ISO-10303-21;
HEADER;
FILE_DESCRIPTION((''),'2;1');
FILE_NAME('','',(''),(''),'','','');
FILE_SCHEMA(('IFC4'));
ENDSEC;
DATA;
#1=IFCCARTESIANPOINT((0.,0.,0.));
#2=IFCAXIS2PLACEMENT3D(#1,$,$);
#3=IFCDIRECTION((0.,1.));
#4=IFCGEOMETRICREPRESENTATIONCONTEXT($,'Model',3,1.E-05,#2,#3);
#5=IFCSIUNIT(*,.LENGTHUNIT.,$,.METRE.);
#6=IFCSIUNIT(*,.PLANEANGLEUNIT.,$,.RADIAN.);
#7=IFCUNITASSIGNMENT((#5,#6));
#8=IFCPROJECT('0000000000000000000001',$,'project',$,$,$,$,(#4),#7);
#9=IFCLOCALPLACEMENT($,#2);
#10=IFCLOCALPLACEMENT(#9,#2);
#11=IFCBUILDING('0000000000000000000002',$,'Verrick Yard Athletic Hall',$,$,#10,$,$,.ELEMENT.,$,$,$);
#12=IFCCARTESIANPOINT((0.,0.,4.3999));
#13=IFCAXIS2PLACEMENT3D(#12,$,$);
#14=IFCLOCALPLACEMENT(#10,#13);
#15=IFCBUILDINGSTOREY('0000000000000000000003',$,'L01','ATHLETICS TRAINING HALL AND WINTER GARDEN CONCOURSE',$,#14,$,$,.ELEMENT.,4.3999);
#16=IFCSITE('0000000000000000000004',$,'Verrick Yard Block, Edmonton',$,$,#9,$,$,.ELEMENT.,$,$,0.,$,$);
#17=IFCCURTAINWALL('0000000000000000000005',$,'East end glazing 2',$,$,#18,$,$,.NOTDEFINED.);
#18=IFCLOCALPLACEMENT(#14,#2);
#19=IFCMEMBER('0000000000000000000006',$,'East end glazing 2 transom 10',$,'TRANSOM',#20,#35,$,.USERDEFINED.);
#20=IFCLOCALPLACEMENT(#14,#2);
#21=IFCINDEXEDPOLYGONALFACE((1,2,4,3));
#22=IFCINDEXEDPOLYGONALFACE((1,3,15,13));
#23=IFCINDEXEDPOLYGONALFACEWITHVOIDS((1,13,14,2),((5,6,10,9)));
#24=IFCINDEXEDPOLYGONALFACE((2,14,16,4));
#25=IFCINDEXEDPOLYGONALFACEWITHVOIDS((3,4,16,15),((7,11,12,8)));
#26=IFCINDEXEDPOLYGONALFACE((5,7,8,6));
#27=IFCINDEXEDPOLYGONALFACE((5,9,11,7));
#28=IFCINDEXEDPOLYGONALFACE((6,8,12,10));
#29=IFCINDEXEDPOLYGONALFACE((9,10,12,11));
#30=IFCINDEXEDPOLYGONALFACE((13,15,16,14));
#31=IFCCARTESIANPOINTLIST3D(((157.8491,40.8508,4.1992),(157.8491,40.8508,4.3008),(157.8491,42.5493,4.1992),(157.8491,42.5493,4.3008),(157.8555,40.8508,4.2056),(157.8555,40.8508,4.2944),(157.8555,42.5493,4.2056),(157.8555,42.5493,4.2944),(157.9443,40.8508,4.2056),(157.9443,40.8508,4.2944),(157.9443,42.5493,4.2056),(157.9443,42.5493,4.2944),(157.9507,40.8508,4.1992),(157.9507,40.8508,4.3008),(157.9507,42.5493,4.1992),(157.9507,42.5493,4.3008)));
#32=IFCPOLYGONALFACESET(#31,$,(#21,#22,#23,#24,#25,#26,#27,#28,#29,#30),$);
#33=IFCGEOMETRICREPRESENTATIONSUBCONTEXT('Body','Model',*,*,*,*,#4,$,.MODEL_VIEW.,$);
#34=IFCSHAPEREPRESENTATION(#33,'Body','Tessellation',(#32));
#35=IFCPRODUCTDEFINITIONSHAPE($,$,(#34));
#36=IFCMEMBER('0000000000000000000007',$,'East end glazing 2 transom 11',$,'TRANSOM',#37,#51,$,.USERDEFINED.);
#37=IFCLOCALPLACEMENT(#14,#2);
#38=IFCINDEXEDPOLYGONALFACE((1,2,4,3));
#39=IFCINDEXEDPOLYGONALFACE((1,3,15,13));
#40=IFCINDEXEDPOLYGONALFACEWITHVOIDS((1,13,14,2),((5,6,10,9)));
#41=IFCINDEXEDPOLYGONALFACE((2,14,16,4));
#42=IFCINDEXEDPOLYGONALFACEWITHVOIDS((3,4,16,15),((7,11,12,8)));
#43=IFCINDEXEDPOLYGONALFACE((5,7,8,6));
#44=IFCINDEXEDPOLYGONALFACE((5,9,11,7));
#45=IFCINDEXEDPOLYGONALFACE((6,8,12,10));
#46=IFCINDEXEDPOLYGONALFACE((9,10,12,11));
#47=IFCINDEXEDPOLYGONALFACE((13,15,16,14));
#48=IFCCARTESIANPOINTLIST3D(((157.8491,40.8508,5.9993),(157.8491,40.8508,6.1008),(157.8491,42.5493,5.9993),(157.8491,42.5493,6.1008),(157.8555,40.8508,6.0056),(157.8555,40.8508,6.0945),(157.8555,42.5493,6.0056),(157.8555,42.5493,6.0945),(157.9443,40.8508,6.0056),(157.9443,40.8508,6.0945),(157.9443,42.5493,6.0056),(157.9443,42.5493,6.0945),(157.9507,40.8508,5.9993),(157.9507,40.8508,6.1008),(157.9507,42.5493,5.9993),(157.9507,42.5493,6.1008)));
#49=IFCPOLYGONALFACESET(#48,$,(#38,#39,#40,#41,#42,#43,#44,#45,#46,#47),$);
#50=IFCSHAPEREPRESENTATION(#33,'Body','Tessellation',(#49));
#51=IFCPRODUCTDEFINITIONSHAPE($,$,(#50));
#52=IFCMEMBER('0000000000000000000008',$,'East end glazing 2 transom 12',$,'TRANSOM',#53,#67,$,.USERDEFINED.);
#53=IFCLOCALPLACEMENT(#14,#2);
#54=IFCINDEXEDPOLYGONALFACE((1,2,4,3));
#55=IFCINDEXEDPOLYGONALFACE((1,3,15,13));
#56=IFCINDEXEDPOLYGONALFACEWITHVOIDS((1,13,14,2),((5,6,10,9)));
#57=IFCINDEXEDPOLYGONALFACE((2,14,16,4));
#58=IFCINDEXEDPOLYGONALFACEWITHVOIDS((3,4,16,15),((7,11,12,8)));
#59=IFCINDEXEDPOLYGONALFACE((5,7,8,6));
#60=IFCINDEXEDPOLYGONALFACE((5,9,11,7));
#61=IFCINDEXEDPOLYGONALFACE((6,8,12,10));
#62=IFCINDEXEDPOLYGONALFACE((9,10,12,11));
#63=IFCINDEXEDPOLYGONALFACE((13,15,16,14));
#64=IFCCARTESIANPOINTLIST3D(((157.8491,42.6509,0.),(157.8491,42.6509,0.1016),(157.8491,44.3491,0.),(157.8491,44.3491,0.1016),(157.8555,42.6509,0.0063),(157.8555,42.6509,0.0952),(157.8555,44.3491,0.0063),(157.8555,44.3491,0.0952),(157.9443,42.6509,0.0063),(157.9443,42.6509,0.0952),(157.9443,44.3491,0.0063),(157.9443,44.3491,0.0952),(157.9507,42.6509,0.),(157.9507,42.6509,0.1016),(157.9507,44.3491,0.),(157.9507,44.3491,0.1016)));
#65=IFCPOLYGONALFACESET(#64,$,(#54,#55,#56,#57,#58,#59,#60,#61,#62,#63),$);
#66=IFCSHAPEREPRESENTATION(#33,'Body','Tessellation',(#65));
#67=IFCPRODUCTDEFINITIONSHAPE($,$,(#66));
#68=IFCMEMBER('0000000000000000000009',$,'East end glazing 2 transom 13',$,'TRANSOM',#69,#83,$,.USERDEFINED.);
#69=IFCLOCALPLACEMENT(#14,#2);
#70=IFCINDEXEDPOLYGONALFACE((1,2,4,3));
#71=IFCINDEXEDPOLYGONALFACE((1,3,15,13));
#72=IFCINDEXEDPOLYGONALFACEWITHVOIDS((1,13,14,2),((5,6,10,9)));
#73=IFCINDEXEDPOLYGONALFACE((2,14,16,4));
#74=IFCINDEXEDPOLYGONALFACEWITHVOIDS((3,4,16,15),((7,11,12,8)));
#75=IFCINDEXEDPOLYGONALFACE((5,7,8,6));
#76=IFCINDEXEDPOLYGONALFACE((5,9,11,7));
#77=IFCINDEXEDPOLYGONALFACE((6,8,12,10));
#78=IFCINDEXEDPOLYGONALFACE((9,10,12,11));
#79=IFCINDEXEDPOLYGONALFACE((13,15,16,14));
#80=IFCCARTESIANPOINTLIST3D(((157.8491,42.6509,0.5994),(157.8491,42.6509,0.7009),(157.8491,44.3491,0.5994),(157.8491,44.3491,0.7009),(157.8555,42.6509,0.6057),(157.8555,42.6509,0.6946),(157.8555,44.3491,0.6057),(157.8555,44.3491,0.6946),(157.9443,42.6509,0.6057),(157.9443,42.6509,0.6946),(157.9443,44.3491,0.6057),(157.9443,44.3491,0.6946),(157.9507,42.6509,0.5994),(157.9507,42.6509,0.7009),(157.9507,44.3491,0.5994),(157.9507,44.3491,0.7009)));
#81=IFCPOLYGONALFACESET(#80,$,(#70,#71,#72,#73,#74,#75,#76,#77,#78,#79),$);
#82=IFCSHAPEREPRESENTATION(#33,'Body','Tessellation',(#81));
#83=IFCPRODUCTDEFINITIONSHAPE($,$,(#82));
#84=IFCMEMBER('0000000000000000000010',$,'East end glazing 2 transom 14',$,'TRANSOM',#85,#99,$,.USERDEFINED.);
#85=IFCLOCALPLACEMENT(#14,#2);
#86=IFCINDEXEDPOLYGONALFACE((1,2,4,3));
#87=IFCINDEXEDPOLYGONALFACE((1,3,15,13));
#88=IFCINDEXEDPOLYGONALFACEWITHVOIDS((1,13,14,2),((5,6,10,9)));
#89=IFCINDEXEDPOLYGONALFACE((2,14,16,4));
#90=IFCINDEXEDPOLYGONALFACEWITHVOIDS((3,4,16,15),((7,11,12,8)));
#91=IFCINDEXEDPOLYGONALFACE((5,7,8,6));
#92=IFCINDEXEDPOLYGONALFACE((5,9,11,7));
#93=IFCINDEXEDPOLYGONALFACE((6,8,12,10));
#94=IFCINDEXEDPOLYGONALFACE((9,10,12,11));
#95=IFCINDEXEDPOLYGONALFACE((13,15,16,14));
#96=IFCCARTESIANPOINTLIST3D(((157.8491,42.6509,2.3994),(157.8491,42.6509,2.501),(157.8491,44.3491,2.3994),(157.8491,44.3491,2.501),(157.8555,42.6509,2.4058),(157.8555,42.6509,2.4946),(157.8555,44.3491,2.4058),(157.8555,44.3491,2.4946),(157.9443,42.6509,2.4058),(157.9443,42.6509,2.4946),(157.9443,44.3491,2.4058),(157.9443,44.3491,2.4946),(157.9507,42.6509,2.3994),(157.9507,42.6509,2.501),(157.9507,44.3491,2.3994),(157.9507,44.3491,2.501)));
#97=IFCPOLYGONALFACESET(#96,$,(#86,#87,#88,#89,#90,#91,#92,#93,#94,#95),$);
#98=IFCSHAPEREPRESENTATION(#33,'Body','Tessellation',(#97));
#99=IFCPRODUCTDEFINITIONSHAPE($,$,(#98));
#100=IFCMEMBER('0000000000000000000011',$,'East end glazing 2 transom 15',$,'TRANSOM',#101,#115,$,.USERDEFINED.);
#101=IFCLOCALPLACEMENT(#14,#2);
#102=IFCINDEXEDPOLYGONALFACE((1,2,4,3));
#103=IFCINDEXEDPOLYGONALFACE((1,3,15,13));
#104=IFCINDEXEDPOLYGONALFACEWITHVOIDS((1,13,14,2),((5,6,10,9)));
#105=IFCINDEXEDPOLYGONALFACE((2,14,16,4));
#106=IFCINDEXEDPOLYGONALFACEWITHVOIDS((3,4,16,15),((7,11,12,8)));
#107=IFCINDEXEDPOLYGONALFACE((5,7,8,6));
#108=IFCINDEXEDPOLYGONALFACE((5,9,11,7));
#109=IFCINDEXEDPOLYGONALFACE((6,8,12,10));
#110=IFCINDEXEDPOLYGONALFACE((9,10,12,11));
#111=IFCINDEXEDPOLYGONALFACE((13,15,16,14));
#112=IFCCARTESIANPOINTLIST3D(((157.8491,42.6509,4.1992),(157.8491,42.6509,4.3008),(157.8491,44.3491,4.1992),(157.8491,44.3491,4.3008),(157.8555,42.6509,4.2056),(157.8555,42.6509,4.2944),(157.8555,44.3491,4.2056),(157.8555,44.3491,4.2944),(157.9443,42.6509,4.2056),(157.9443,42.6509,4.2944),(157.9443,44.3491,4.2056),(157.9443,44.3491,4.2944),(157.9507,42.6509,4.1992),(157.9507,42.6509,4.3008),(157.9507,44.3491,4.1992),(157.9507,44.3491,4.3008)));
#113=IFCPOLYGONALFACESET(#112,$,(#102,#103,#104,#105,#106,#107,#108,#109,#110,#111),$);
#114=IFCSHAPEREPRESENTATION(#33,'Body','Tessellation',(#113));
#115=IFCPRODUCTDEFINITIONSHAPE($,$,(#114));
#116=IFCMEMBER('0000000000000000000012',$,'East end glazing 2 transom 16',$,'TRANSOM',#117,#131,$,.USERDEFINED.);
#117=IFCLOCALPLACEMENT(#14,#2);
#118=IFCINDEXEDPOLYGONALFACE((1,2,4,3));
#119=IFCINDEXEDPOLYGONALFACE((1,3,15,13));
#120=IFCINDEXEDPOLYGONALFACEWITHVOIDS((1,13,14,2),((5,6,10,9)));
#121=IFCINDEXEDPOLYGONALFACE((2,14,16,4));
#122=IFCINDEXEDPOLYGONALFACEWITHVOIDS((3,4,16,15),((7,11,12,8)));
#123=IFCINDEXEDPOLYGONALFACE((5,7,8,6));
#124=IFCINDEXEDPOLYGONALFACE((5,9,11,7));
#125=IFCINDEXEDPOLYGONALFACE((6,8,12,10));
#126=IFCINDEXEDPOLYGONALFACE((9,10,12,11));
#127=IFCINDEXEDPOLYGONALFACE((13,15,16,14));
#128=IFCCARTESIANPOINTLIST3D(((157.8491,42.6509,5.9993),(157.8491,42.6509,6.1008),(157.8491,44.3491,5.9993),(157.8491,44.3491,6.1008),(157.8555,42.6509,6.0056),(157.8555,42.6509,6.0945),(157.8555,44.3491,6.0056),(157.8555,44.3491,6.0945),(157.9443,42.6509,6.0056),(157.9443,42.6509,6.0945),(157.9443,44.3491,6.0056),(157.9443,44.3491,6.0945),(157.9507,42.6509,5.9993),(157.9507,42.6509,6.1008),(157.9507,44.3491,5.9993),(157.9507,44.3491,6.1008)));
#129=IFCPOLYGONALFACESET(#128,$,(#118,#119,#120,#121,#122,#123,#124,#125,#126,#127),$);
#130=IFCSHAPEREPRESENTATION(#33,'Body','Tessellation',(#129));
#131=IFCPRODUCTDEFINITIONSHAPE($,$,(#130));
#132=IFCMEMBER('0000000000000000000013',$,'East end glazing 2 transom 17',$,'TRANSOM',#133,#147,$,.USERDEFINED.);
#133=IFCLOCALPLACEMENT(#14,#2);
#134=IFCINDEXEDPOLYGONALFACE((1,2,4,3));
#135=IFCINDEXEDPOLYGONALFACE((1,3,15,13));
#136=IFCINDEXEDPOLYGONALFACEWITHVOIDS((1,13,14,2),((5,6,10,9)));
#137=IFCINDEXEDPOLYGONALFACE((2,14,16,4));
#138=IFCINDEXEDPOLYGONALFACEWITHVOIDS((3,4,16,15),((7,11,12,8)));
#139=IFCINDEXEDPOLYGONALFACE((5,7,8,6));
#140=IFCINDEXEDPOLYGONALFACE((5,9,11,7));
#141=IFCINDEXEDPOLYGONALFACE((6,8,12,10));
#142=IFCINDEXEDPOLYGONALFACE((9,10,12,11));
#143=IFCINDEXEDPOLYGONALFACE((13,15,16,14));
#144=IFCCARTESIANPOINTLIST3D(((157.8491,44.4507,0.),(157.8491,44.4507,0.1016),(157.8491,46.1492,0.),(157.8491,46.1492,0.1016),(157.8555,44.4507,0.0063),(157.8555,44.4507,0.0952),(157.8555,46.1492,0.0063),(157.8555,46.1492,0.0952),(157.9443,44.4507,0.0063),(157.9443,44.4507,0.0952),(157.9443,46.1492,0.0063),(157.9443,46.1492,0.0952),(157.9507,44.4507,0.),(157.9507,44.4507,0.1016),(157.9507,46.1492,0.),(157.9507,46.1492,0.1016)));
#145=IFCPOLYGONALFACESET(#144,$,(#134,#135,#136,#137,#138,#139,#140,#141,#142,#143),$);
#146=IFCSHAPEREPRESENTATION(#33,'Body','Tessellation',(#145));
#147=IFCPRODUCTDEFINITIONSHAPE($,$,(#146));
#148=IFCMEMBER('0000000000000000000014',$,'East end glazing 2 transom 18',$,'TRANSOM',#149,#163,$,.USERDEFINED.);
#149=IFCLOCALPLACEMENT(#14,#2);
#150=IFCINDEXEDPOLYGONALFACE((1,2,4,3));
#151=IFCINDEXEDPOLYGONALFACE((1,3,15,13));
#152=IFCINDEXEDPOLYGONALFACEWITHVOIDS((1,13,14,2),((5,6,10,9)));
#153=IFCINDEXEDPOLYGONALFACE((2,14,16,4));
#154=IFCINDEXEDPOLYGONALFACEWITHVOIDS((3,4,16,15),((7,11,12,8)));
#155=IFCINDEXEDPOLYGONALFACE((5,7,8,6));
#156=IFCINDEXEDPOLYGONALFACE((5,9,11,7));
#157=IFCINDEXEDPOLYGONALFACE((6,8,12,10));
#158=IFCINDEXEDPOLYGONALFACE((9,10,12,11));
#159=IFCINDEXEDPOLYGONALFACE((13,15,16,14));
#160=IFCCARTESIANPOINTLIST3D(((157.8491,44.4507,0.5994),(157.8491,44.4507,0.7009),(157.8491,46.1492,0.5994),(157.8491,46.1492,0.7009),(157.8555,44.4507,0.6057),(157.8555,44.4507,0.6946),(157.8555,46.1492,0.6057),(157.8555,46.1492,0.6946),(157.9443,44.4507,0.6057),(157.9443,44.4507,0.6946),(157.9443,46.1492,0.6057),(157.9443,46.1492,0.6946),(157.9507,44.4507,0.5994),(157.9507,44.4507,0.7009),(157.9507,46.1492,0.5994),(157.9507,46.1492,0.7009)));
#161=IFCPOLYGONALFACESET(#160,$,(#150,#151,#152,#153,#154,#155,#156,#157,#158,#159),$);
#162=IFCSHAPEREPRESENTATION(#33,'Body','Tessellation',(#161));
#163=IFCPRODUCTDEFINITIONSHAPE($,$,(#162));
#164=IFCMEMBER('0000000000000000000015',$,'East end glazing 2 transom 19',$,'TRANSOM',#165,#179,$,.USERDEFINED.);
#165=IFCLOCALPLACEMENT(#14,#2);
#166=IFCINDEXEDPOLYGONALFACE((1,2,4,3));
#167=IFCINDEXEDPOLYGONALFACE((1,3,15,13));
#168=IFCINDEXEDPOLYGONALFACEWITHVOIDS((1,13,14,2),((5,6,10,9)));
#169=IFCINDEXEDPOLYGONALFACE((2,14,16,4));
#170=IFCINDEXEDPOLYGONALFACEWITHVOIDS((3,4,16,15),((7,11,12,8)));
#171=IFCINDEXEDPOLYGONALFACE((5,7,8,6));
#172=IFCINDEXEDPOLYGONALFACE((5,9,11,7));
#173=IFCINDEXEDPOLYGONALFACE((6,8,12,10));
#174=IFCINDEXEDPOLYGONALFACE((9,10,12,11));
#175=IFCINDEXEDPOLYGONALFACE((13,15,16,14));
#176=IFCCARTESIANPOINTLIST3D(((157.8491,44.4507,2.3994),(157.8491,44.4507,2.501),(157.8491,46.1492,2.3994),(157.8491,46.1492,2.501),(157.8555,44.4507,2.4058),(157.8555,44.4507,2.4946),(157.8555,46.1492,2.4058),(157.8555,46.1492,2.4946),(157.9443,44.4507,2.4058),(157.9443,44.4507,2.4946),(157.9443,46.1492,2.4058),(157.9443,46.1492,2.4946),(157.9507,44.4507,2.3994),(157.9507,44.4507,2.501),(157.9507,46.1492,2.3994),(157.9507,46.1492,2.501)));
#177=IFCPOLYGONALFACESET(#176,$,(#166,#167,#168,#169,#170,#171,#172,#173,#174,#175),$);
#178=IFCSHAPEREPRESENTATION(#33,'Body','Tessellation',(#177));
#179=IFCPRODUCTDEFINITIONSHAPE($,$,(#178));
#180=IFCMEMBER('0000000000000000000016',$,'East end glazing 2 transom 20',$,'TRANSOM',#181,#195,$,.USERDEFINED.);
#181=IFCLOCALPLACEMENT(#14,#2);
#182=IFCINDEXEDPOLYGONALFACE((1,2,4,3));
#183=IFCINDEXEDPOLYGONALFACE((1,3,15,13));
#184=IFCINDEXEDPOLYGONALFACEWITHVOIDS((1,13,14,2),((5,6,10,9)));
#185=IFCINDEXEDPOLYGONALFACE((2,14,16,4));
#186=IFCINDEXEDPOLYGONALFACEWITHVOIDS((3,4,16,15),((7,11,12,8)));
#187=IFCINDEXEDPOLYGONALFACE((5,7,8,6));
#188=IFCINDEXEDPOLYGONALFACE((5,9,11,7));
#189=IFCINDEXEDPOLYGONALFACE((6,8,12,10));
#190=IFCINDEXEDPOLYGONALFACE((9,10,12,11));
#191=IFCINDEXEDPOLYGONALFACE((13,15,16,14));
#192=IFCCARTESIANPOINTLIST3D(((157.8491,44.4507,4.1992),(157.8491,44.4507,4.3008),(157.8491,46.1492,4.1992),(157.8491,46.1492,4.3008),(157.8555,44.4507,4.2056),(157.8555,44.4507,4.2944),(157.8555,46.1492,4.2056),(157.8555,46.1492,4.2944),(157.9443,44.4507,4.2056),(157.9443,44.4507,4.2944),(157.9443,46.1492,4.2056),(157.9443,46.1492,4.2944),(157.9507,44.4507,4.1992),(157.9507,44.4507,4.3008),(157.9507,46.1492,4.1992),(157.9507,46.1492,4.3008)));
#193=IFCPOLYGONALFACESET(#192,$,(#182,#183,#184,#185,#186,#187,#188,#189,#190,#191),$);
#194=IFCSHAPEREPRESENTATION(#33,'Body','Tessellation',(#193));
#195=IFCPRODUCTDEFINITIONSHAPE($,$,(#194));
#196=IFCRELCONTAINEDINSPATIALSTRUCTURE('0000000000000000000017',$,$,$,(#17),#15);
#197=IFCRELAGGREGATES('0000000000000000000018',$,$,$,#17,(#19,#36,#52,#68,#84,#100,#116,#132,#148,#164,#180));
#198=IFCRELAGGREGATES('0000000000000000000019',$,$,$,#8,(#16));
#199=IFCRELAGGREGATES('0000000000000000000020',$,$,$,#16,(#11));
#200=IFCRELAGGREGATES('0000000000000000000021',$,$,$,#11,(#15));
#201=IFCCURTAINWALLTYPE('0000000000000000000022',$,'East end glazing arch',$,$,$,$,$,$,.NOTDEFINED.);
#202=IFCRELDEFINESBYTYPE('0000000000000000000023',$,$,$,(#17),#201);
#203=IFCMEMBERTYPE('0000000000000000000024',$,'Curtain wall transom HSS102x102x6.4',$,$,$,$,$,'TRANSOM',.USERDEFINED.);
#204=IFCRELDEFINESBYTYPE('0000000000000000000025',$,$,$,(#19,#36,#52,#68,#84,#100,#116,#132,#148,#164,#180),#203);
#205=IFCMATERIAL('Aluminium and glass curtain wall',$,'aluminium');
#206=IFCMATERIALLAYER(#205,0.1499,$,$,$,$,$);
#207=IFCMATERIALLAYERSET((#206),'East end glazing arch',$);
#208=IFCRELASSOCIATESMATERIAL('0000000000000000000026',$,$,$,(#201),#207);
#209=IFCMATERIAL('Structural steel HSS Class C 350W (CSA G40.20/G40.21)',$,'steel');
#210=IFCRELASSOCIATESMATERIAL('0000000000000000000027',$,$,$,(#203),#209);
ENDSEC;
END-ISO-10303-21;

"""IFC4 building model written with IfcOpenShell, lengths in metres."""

from ifc_helpers import new_model, si_unit, direction, frame, origin, origin_2d, place, context, subcontext, project, spatial, hollow_rectangle, extrude, material, layer, layer_set, material_profile, profile_set, type_object, element, aggregate, save


model = new_model("IFC4")

# Units and contexts
model_context = context("Model", 3, precision=1e-05, world=origin(), true_north=direction((0.0, 1.0)))
body_context = subcontext(model_context, "Body", "Model", "MODEL_VIEW")
ifc_project = project(units=[si_unit("LENGTHUNIT", "METRE"), si_unit("PLANEANGLEUNIT", "RADIAN")], contexts=[model_context])

# Site, building, storey
site_placement = place(None, origin())
site = spatial("IfcSite", under=ifc_project, at=site_placement, Name="Verrick Yard Block, Edmonton", CompositionType="ELEMENT", RefElevation=0.0)
building_placement = place(site_placement, origin())
building = spatial("IfcBuilding", under=site, at=building_placement, Name="Verrick Yard Athletic Hall", CompositionType="ELEMENT")
storey_placement = place(building_placement, frame((0.0, 0.0, 4.3999)))
storey = spatial("IfcBuildingStorey", under=building, at=storey_placement, Name="L01", Description="ATHLETICS TRAINING HALL AND WINTER GARDEN CONCOURSE", CompositionType="ELEMENT", Elevation=4.3999)

# Curtain wall, members
ifc_material_1 = material(Name="Aluminium and glass curtain wall", Category="aluminium")
ifc_layer_1 = layer(ifc_material_1, 0.1499)
ifc_layer_set_1 = layer_set([ifc_layer_1], Name="East end glazing arch")
curtain_wall_type = type_object("IfcCurtainWallType", Name="East end glazing arch", PredefinedType="NOTDEFINED", material=ifc_layer_set_1)
curtain_wall_placement = place(storey_placement, origin())
curtain_wall = element("IfcCurtainWall", 1, at=curtain_wall_placement, inside=storey, type_object=curtain_wall_type, Name="East end glazing 2", PredefinedType="NOTDEFINED")
ifc_material_2 = material(Name="Structural steel HSS Class C 350W (CSA G40.20/G40.21)", Category="steel")
ifc_material_profile_1 = material_profile(ifc_material_2, hollow_rectangle(XDim=0.1016, YDim=0.1016, WallThickness=0.0063, at=origin_2d()), Name="HSS102x102x6.4")
ifc_profile_set_1 = profile_set([ifc_material_profile_1], Name="Structural steel HSS Class C 350W (CSA G40.20/G40.21)")
member_type_1 = type_object("IfcMemberType", Name="Curtain wall transom HSS102x102x6.4", ElementType="TRANSOM", PredefinedType="USERDEFINED", material=ifc_profile_set_1)
member_1_placement = place(storey_placement, frame((157.8999, 40.8508, 4.25), z_axis=(0.0, 1.0, 0.0), x_axis=(-1.0, 0.0, 0.0)))
member_1 = element("IfcMember", 2, at=member_1_placement, type_object=member_type_1, Name="East end glazing 2 transom 10", ObjectType="TRANSOM", PredefinedType="USERDEFINED", context=body_context, shape_type="SweptSolid", body=[
    extrude(hollow_rectangle(XDim=0.1016, YDim=0.1016, WallThickness=0.0063, at=origin_2d()), origin(), (0.0, 0.0, 1.0), 1.6985),
])
member_2_placement = place(storey_placement, frame((157.8999, 40.8508, 6.05), z_axis=(0.0, 1.0, 0.0), x_axis=(-1.0, 0.0, 0.0)))
member_2 = element("IfcMember", 3, at=member_2_placement, type_object=member_type_1, Name="East end glazing 2 transom 11", ObjectType="TRANSOM", PredefinedType="USERDEFINED", context=body_context, shape_type="SweptSolid", body=[
    extrude(hollow_rectangle(XDim=0.1016, YDim=0.1016, WallThickness=0.0063, at=origin_2d()), origin(), (0.0, 0.0, 1.0), 1.6985),
])
member_3_placement = place(storey_placement, frame((157.8999, 42.6509, 0.0508), z_axis=(0.0, 1.0, 0.0), x_axis=(-1.0, 0.0, 0.0)))
member_3 = element("IfcMember", 4, at=member_3_placement, type_object=member_type_1, Name="East end glazing 2 transom 12", ObjectType="TRANSOM", PredefinedType="USERDEFINED", context=body_context, shape_type="SweptSolid", body=[
    extrude(hollow_rectangle(XDim=0.1016, YDim=0.1016, WallThickness=0.0063, at=origin_2d()), origin(), (0.0, 0.0, 1.0), 1.6982),
])
member_4_placement = place(storey_placement, frame((157.8999, 42.6509, 0.6501), z_axis=(0.0, 1.0, 0.0), x_axis=(-1.0, 0.0, 0.0)))
member_4 = element("IfcMember", 5, at=member_4_placement, type_object=member_type_1, Name="East end glazing 2 transom 13", ObjectType="TRANSOM", PredefinedType="USERDEFINED", context=body_context, shape_type="SweptSolid", body=[
    extrude(hollow_rectangle(XDim=0.1016, YDim=0.1016, WallThickness=0.0063, at=origin_2d()), origin(), (0.0, 0.0, 1.0), 1.6982),
])
member_5_placement = place(storey_placement, frame((157.8999, 42.6509, 2.4502), z_axis=(0.0, 1.0, 0.0), x_axis=(-1.0, 0.0, 0.0)))
member_5 = element("IfcMember", 6, at=member_5_placement, type_object=member_type_1, Name="East end glazing 2 transom 14", ObjectType="TRANSOM", PredefinedType="USERDEFINED", context=body_context, shape_type="SweptSolid", body=[
    extrude(hollow_rectangle(XDim=0.1016, YDim=0.1016, WallThickness=0.0063, at=origin_2d()), origin(), (0.0, 0.0, 1.0), 1.6982),
])
member_6_placement = place(storey_placement, frame((157.8999, 42.6509, 4.25), z_axis=(0.0, 1.0, 0.0), x_axis=(-1.0, 0.0, 0.0)))
member_6 = element("IfcMember", 7, at=member_6_placement, type_object=member_type_1, Name="East end glazing 2 transom 15", ObjectType="TRANSOM", PredefinedType="USERDEFINED", context=body_context, shape_type="SweptSolid", body=[
    extrude(hollow_rectangle(XDim=0.1016, YDim=0.1016, WallThickness=0.0063, at=origin_2d()), origin(), (0.0, 0.0, 1.0), 1.6982),
])
member_7_placement = place(storey_placement, frame((157.8999, 42.6509, 6.05), z_axis=(0.0, 1.0, 0.0), x_axis=(-1.0, 0.0, 0.0)))
member_7 = element("IfcMember", 8, at=member_7_placement, type_object=member_type_1, Name="East end glazing 2 transom 16", ObjectType="TRANSOM", PredefinedType="USERDEFINED", context=body_context, shape_type="SweptSolid", body=[
    extrude(hollow_rectangle(XDim=0.1016, YDim=0.1016, WallThickness=0.0063, at=origin_2d()), origin(), (0.0, 0.0, 1.0), 1.6982),
])
member_8_placement = place(storey_placement, frame((157.8999, 44.4507, 0.0508), z_axis=(0.0, 1.0, 0.0), x_axis=(-1.0, 0.0, 0.0)))
member_8 = element("IfcMember", 9, at=member_8_placement, type_object=member_type_1, Name="East end glazing 2 transom 17", ObjectType="TRANSOM", PredefinedType="USERDEFINED", context=body_context, shape_type="SweptSolid", body=[
    extrude(hollow_rectangle(XDim=0.1016, YDim=0.1016, WallThickness=0.0063, at=origin_2d()), origin(), (0.0, 0.0, 1.0), 1.6985),
])
member_9_placement = place(storey_placement, frame((157.8999, 44.4507, 0.6501), z_axis=(0.0, 1.0, 0.0), x_axis=(-1.0, 0.0, 0.0)))
member_9 = element("IfcMember", 10, at=member_9_placement, type_object=member_type_1, Name="East end glazing 2 transom 18", ObjectType="TRANSOM", PredefinedType="USERDEFINED", context=body_context, shape_type="SweptSolid", body=[
    extrude(hollow_rectangle(XDim=0.1016, YDim=0.1016, WallThickness=0.0063, at=origin_2d()), origin(), (0.0, 0.0, 1.0), 1.6985),
])
member_10_placement = place(storey_placement, frame((157.8999, 44.4507, 2.4502), z_axis=(0.0, 1.0, 0.0), x_axis=(-1.0, 0.0, 0.0)))
member_10 = element("IfcMember", 11, at=member_10_placement, type_object=member_type_1, Name="East end glazing 2 transom 19", ObjectType="TRANSOM", PredefinedType="USERDEFINED", context=body_context, shape_type="SweptSolid", body=[
    extrude(hollow_rectangle(XDim=0.1016, YDim=0.1016, WallThickness=0.0063, at=origin_2d()), origin(), (0.0, 0.0, 1.0), 1.6985),
])
member_11_placement = place(storey_placement, frame((157.8999, 44.4507, 4.25), z_axis=(0.0, 1.0, 0.0), x_axis=(-1.0, 0.0, 0.0)))
member_11 = element("IfcMember", 12, at=member_11_placement, type_object=member_type_1, Name="East end glazing 2 transom 20", ObjectType="TRANSOM", PredefinedType="USERDEFINED", context=body_context, shape_type="SweptSolid", body=[
    extrude(hollow_rectangle(XDim=0.1016, YDim=0.1016, WallThickness=0.0063, at=origin_2d()), origin(), (0.0, 0.0, 1.0), 1.6985),
])
aggregate(curtain_wall, [member_1, member_2, member_3, member_4, member_5, member_6, member_7, member_8, member_9, member_10, member_11])

save(model, "model.ifc")
